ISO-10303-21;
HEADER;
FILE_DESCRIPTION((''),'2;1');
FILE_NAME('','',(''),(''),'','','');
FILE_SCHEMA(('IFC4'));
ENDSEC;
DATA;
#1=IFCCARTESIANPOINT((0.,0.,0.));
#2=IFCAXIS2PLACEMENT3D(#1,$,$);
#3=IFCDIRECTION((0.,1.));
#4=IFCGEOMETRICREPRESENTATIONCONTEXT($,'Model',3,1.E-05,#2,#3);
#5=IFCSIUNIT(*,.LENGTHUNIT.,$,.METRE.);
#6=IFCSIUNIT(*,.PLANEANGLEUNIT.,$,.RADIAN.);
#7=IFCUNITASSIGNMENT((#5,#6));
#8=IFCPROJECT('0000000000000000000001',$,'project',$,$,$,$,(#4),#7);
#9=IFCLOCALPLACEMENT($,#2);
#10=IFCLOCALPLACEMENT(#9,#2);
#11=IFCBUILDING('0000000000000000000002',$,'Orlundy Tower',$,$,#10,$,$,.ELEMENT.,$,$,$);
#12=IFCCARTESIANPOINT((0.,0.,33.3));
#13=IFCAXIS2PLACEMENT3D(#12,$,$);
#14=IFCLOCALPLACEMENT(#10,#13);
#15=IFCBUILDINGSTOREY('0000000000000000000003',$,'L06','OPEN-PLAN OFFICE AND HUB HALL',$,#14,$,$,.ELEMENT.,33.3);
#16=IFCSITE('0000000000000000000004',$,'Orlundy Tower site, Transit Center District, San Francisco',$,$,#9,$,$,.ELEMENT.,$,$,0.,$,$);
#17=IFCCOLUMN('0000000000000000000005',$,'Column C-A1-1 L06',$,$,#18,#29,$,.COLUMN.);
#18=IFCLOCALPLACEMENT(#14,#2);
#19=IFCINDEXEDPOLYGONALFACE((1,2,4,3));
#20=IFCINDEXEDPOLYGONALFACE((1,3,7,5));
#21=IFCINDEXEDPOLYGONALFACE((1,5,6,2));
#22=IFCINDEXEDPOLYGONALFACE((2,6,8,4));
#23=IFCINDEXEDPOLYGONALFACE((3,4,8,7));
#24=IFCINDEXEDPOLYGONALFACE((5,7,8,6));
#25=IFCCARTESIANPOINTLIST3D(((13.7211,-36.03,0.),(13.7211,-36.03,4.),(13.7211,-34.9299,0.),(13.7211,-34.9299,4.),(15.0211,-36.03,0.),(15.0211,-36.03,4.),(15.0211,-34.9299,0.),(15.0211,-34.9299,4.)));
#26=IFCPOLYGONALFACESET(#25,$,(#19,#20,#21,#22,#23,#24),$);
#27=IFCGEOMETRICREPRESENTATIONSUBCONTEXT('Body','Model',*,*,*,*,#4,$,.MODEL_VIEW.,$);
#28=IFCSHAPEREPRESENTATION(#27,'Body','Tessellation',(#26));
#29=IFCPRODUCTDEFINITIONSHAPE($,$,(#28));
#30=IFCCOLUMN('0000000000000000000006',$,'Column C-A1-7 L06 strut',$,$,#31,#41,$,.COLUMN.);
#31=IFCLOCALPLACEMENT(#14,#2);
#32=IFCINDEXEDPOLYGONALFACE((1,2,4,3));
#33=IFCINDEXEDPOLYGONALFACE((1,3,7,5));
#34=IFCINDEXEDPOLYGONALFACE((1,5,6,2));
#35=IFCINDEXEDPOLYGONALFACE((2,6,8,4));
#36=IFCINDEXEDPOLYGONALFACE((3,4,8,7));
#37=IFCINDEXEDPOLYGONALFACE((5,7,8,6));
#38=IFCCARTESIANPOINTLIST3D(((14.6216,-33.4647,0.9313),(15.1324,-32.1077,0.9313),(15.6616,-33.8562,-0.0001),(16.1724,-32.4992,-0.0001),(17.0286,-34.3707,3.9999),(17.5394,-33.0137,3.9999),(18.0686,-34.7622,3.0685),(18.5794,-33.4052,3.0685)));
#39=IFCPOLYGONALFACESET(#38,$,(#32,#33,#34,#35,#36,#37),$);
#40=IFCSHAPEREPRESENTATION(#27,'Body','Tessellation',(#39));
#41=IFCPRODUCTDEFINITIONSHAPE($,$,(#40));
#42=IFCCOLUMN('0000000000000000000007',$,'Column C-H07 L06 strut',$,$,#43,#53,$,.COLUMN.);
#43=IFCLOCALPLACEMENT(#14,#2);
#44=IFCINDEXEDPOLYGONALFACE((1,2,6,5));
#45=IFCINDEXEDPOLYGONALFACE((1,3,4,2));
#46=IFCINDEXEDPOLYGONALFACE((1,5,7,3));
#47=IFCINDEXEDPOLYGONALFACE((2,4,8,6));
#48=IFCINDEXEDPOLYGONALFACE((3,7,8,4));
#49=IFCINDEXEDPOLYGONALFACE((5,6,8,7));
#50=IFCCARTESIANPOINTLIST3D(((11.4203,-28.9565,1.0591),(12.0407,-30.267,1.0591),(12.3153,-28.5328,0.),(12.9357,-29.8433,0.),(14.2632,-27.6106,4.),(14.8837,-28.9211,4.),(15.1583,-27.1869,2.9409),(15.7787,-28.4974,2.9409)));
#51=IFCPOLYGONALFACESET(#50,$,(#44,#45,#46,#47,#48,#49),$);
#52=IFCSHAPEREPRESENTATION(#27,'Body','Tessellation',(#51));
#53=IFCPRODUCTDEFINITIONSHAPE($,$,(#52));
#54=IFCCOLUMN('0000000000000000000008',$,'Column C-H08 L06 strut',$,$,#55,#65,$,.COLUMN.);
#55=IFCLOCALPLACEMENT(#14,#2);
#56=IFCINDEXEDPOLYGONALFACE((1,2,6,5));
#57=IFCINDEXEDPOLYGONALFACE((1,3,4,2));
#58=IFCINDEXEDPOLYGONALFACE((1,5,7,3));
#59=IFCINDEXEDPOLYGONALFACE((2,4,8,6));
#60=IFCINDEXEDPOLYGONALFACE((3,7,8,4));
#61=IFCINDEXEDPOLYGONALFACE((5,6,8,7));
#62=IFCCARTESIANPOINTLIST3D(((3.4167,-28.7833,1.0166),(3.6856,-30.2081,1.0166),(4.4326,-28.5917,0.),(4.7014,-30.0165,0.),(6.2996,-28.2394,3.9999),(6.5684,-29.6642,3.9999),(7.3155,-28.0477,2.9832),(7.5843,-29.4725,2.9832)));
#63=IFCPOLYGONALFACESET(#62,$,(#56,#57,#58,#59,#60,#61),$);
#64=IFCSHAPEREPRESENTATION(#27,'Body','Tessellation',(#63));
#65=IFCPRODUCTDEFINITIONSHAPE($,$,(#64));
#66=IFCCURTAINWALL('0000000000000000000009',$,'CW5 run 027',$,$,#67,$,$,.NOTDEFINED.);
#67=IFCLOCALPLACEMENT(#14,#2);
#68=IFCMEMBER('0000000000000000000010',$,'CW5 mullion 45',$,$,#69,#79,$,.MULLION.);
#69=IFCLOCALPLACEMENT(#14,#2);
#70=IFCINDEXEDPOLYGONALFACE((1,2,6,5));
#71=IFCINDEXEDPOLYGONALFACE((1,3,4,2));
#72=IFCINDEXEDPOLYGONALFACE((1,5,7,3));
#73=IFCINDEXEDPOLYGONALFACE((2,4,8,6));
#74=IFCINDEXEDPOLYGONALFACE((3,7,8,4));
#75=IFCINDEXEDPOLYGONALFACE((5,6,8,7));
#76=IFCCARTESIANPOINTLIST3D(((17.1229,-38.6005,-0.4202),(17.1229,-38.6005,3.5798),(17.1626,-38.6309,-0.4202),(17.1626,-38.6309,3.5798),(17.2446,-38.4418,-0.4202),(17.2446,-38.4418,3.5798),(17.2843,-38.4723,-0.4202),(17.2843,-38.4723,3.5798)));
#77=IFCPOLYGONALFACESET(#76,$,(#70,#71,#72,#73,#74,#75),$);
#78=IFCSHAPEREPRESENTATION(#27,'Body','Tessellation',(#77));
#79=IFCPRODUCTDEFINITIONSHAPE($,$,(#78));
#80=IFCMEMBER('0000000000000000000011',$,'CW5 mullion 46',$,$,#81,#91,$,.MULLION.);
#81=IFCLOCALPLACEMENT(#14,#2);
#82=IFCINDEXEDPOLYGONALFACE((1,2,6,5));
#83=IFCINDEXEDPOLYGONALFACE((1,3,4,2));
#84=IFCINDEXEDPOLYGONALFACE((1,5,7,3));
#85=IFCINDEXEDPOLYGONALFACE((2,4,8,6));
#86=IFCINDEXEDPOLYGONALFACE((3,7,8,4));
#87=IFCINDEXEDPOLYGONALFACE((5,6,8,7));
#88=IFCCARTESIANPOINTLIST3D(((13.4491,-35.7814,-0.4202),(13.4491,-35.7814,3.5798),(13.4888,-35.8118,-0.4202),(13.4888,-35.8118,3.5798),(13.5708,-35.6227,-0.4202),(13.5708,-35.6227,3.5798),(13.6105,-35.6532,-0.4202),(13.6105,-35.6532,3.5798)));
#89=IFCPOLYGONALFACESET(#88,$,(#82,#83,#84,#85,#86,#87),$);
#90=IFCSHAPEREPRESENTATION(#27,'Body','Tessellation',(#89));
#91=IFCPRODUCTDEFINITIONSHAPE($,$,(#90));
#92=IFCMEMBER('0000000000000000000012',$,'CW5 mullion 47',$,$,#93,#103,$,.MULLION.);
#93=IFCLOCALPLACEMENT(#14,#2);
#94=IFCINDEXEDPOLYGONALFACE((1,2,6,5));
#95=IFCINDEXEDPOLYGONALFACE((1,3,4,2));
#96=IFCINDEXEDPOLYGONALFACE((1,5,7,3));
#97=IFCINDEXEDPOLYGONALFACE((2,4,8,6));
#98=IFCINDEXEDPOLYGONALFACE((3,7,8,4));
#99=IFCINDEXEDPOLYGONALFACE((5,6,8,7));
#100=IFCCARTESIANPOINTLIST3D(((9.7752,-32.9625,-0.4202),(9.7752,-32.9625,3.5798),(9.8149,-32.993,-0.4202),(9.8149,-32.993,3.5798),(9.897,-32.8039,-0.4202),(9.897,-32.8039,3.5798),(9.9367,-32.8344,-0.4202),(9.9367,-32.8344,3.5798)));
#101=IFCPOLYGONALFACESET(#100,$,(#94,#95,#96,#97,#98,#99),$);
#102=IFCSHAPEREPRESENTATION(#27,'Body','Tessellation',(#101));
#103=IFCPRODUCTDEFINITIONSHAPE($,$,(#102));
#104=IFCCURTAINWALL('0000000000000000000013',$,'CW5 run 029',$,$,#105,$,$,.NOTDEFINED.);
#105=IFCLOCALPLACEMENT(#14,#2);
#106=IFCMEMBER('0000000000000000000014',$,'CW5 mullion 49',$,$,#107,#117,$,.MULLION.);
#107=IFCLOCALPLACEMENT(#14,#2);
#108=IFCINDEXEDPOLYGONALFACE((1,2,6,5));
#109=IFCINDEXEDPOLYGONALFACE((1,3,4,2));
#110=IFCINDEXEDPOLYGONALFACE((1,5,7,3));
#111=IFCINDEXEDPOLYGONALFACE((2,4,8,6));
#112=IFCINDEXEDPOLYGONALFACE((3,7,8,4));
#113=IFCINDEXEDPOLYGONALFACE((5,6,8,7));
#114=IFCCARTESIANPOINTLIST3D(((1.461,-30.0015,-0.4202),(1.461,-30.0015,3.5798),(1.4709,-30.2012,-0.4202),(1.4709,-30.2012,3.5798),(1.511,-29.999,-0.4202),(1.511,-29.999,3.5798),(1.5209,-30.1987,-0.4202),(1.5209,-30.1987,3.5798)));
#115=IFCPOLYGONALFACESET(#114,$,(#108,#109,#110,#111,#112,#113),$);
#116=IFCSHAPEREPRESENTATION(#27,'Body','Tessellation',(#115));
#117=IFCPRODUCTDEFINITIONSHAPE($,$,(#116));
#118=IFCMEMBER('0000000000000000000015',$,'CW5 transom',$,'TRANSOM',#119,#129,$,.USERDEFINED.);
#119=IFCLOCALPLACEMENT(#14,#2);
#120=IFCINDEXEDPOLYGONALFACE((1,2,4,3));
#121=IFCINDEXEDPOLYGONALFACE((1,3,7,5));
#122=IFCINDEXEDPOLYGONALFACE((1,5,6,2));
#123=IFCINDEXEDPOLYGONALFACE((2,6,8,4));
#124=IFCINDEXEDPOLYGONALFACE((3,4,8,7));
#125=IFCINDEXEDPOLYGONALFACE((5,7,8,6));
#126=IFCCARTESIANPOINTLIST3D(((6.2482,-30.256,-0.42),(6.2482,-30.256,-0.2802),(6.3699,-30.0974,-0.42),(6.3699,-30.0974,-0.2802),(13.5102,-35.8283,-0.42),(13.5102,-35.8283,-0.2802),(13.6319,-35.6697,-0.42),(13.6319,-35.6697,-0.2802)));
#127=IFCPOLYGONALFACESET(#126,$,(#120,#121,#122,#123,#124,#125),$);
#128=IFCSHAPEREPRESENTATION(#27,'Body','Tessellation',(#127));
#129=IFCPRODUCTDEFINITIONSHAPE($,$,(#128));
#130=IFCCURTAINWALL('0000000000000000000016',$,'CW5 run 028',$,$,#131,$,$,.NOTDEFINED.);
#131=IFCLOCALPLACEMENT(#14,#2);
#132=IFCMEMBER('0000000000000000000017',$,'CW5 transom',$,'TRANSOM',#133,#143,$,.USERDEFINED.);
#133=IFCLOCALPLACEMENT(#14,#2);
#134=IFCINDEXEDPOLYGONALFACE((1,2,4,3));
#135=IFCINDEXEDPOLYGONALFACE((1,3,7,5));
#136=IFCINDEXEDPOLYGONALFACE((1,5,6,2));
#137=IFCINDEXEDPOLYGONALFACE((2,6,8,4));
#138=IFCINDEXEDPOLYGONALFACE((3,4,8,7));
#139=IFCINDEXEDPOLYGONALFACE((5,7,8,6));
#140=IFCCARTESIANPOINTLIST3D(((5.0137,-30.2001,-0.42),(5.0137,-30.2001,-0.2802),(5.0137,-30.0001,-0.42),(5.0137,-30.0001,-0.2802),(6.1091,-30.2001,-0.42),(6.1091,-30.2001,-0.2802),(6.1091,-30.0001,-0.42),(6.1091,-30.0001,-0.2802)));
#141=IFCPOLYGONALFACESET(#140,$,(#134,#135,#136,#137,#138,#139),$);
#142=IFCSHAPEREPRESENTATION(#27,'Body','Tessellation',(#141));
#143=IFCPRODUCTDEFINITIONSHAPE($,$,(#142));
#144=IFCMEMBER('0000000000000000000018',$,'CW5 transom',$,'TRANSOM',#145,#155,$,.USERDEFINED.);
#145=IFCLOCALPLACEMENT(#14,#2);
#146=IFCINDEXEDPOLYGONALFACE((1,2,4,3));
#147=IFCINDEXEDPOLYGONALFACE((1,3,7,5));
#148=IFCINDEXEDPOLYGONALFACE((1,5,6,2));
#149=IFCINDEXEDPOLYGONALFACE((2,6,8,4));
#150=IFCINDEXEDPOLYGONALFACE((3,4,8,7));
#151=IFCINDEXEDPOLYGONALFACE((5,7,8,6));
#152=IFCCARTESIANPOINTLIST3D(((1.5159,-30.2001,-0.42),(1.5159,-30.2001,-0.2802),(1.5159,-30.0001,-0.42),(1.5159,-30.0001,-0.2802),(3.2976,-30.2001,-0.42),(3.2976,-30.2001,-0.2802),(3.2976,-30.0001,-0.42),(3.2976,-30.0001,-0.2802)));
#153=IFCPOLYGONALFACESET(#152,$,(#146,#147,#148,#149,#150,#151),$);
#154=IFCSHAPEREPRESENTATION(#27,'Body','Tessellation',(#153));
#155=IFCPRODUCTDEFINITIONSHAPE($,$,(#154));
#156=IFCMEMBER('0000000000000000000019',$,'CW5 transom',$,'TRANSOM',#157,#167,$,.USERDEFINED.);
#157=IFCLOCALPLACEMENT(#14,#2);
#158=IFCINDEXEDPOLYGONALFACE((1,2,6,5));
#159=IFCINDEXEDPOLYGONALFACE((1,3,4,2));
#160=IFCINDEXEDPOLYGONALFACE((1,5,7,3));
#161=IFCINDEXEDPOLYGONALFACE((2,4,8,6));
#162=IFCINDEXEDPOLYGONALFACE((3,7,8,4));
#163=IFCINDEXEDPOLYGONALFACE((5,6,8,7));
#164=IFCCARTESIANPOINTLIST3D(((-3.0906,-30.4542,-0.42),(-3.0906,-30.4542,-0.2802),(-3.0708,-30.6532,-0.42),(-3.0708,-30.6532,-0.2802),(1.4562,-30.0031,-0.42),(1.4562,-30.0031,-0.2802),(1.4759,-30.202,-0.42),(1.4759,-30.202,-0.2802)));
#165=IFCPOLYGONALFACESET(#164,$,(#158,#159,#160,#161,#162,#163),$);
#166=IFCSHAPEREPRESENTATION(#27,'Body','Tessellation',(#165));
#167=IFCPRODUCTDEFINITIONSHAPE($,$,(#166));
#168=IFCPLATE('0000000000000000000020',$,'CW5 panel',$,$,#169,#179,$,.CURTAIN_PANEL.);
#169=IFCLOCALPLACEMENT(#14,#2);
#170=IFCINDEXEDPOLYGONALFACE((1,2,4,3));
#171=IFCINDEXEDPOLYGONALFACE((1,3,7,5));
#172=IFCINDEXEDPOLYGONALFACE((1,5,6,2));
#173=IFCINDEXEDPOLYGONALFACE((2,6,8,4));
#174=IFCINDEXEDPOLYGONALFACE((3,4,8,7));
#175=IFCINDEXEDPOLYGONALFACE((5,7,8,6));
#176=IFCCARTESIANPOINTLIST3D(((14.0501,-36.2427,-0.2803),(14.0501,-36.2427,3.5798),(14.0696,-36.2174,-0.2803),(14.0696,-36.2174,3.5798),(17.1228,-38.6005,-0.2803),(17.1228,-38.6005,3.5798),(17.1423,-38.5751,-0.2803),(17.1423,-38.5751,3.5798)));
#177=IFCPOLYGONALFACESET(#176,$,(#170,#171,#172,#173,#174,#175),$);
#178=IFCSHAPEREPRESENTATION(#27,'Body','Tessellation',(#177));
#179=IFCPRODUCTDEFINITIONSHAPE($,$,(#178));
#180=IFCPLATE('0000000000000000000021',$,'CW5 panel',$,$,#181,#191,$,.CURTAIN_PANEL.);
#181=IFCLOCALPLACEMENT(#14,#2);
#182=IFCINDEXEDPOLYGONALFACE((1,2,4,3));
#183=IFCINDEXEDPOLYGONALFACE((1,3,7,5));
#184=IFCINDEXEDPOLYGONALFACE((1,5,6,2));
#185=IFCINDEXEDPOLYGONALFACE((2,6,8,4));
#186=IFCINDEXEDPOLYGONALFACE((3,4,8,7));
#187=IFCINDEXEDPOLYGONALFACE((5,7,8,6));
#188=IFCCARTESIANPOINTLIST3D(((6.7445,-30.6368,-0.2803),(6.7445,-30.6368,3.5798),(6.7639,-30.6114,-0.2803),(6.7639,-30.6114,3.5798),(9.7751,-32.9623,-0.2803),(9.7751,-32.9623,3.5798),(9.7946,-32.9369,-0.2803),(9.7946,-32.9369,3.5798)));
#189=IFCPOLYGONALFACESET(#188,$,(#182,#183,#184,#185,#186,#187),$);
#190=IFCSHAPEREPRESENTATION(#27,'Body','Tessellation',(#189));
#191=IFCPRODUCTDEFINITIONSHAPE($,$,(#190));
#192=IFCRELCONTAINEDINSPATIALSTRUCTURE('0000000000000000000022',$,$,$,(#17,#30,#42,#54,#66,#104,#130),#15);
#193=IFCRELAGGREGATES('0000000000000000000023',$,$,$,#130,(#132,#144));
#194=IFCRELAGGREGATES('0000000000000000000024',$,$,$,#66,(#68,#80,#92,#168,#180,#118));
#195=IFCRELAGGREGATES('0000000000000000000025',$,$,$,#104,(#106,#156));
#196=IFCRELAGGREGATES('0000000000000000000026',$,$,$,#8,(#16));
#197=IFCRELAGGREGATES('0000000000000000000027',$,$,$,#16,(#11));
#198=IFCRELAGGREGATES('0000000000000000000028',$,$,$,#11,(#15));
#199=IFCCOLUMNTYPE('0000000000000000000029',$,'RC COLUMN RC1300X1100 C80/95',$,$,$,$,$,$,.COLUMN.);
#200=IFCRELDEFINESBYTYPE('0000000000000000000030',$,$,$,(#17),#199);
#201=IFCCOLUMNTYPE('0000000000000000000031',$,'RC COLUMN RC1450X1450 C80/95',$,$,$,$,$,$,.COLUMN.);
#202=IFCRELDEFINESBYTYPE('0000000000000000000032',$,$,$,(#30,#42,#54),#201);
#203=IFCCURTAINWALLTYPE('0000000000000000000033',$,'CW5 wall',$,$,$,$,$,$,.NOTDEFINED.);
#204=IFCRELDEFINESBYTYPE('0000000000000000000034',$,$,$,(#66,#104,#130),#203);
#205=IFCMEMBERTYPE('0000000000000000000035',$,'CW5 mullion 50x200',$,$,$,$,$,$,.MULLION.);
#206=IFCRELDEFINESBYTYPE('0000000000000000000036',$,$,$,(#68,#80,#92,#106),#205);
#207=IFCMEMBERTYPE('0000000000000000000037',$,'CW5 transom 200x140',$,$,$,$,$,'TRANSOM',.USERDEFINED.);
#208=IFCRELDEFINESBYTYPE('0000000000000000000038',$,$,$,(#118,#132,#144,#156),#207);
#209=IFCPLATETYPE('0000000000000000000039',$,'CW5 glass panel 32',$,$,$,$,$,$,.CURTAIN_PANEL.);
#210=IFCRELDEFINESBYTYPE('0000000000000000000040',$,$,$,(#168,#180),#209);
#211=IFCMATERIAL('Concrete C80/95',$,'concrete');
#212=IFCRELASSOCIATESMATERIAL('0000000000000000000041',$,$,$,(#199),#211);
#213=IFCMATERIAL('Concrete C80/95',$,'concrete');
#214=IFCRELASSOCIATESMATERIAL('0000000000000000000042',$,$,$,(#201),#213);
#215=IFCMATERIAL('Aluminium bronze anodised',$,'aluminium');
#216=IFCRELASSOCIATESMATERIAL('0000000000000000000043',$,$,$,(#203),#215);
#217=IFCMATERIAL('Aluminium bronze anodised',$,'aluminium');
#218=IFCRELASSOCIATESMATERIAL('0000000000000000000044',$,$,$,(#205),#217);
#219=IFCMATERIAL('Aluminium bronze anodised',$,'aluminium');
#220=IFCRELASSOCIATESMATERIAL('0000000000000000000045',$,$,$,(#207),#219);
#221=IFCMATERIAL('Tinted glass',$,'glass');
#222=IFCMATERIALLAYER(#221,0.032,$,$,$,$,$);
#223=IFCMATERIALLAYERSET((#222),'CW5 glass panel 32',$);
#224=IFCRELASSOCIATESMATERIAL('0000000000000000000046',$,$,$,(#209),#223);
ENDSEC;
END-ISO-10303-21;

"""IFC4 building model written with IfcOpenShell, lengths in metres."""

from ifc_helpers import new_model, si_unit, direction, frame, origin, origin_2d, place, context, subcontext, project, spatial, rectangle, extrude, material, layer, layer_set, material_profile, profile_set, type_object, element, aggregate, save


model = new_model("IFC4")

# Units and contexts
model_context = context("Model", 3, precision=1e-05, world=origin(), true_north=direction((0.0, 1.0)))
body_context = subcontext(model_context, "Body", "Model", "MODEL_VIEW")
ifc_project = project(units=[si_unit("LENGTHUNIT", "METRE"), si_unit("PLANEANGLEUNIT", "RADIAN")], contexts=[model_context])

# Site, building, storey
site_placement = place(None, origin())
site = spatial("IfcSite", under=ifc_project, at=site_placement, Name="Orlundy Tower site, Transit Center District, San Francisco", CompositionType="ELEMENT", RefElevation=0.0)
building_placement = place(site_placement, origin())
building = spatial("IfcBuilding", under=site, at=building_placement, Name="Orlundy Tower", CompositionType="ELEMENT")
storey_placement = place(building_placement, frame((0.0, 0.0, 33.3)))
storey = spatial("IfcBuildingStorey", under=building, at=storey_placement, Name="L06", Description="OPEN-PLAN OFFICE AND HUB HALL", CompositionType="ELEMENT", Elevation=33.3)

# Columns
ifc_material_1 = material(Name="Concrete C80/95", Category="concrete")
ifc_material_profile_1 = material_profile(ifc_material_1, rectangle(XDim=1.3, YDim=1.1001, at=origin_2d()), Name="RC1300X1100")
ifc_profile_set_1 = profile_set([ifc_material_profile_1], Name="Concrete C80/95")
column_type_1 = type_object("IfcColumnType", Name="RC COLUMN RC1300X1100 C80/95", PredefinedType="COLUMN", material=ifc_profile_set_1)
column_1_placement = place(storey_placement, frame((14.3711, -35.48, 0.0), z_axis=(0.0, 0.0, 1.0), x_axis=(1.0, 0.0, 0.0)))
element("IfcColumn", 1, at=column_1_placement, inside=storey, type_object=column_type_1, Name="Column C-A1-1 L06", PredefinedType="COLUMN", context=body_context, shape_type="SweptSolid", body=[
    extrude(rectangle(XDim=1.3, YDim=1.1001, at=origin_2d()), origin(), (0.0, 0.0, 1.0), 4.0),
])
ifc_material_2 = material(Name="Concrete C80/95", Category="concrete")
ifc_material_profile_2 = material_profile(ifc_material_2, rectangle(XDim=1.45, YDim=1.45, at=origin_2d()), Name="RC1450X1450")
ifc_profile_set_2 = profile_set([ifc_material_profile_2], Name="Concrete C80/95")
column_type_2 = type_object("IfcColumnType", Name="RC COLUMN RC1450X1450 C80/95", PredefinedType="COLUMN", material=ifc_profile_set_2)
column_2_placement = place(storey_placement, frame((15.397, -32.9819, 0.4656), z_axis=(0.601168, -0.226284, 0.766415), x_axis=(0.352278, 0.935895, 0.0)))
element("IfcColumn", 2, at=column_2_placement, inside=storey, type_object=column_type_2, Name="Column C-A1-7 L06 strut", PredefinedType="COLUMN", context=body_context, shape_type="SweptSolid", body=[
    extrude(rectangle(XDim=1.45, YDim=1.45, at=origin_2d()), origin(), (0.0, 0.0, 1.0), 4.0039),
])
column_3_placement = place(storey_placement, frame((12.178, -29.3999, 0.5295), z_axis=(0.660216, 0.312561, 0.68295), x_axis=(-0.427893, 0.903829, 0.0)))
element("IfcColumn", 3, at=column_3_placement, inside=storey, type_object=column_type_2, Name="Column C-H07 L06 strut", PredefinedType="COLUMN", context=body_context, shape_type="SweptSolid", body=[
    extrude(rectangle(XDim=1.45, YDim=1.45, at=origin_2d()), origin(), (0.0, 0.0, 1.0), 4.3062),
])
column_4_placement = place(storey_placement, frame((4.0591, -29.3999, 0.5083), z_axis=(0.689012, 0.130007, 0.712994), x_axis=(-0.185414, 0.982661, 0.0)))
element("IfcColumn", 4, at=column_4_placement, inside=storey, type_object=column_type_2, Name="Column C-H08 L06 strut", PredefinedType="COLUMN", context=body_context, shape_type="SweptSolid", body=[
    extrude(rectangle(XDim=1.45, YDim=1.45, at=origin_2d()), origin(), (0.0, 0.0, 1.0), 4.1841),
])

# Curtain wall, members
ifc_material_3 = material(Name="Aluminium bronze anodised", Category="aluminium")
curtain_wall_type = type_object("IfcCurtainWallType", Name="CW5 wall", PredefinedType="NOTDEFINED", material=ifc_material_3)
curtain_wall_1_placement = place(storey_placement, origin())
curtain_wall_1 = element("IfcCurtainWall", 5, at=curtain_wall_1_placement, inside=storey, type_object=curtain_wall_type, Name="CW5 run 027", PredefinedType="NOTDEFINED")
ifc_material_4 = material(Name="Aluminium bronze anodised", Category="aluminium")
ifc_material_profile_3 = material_profile(ifc_material_4, rectangle(XDim=0.2, YDim=0.05, at=origin_2d()), Name="CW5 mullion 50x200")
ifc_profile_set_3 = profile_set([ifc_material_profile_3], Name="Aluminium bronze anodised")
member_type_1 = type_object("IfcMemberType", Name="CW5 mullion 50x200", PredefinedType="MULLION", material=ifc_profile_set_3)
member_1_placement = place(storey_placement, frame((17.2036, -38.5364, -0.4202), z_axis=(0.0, 0.0, 1.0), x_axis=(-0.608757, -0.793357, 0.0)))
member_1 = element("IfcMember", 6, at=member_1_placement, type_object=member_type_1, Name="CW5 mullion 45", PredefinedType="MULLION", context=body_context, shape_type="SweptSolid", body=[
    extrude(rectangle(XDim=0.2, YDim=0.05, at=origin_2d()), origin(), (0.0, 0.0, 1.0), 4.0),
])
member_2_placement = place(storey_placement, frame((13.5298, -35.7173, -0.4202), z_axis=(0.0, 0.0, 1.0), x_axis=(-0.608757, -0.793357, 0.0)))
member_2 = element("IfcMember", 7, at=member_2_placement, type_object=member_type_1, Name="CW5 mullion 46", PredefinedType="MULLION", context=body_context, shape_type="SweptSolid", body=[
    extrude(rectangle(XDim=0.2, YDim=0.05, at=origin_2d()), origin(), (0.0, 0.0, 1.0), 4.0),
])
member_3_placement = place(storey_placement, frame((9.856, -32.8984, -0.4202), z_axis=(0.0, 0.0, 1.0), x_axis=(-0.608757, -0.793357, 0.0)))
member_3 = element("IfcMember", 8, at=member_3_placement, type_object=member_type_1, Name="CW5 mullion 47", PredefinedType="MULLION", context=body_context, shape_type="SweptSolid", body=[
    extrude(rectangle(XDim=0.2, YDim=0.05, at=origin_2d()), origin(), (0.0, 0.0, 1.0), 4.0),
])

# Curtain wall, member
curtain_wall_2_placement = place(storey_placement, origin())
curtain_wall_2 = element("IfcCurtainWall", 9, at=curtain_wall_2_placement, inside=storey, type_object=curtain_wall_type, Name="CW5 run 029", PredefinedType="NOTDEFINED")
member_4_placement = place(storey_placement, frame((1.491, -30.1001, -0.4202), z_axis=(0.0, 0.0, 1.0), x_axis=(0.049438, -0.998777, 0.0)))
member_4 = element("IfcMember", 10, at=member_4_placement, type_object=member_type_1, Name="CW5 mullion 49", PredefinedType="MULLION", context=body_context, shape_type="SweptSolid", body=[
    extrude(rectangle(XDim=0.2, YDim=0.05, at=origin_2d()), origin(), (0.0, 0.0, 1.0), 4.0),
])

# Member
ifc_material_5 = material(Name="Aluminium bronze anodised", Category="aluminium")
ifc_material_profile_4 = material_profile(ifc_material_5, rectangle(XDim=0.2, YDim=0.1399, at=origin_2d()), Name="CW5 transom 200x140")
ifc_profile_set_4 = profile_set([ifc_material_profile_4], Name="Aluminium bronze anodised")
member_type_2 = type_object("IfcMemberType", Name="CW5 transom 200x140", ElementType="TRANSOM", PredefinedType="USERDEFINED", material=ifc_profile_set_4)
member_5_placement = place(storey_placement, frame((13.571, -35.749, -0.3501), z_axis=(-0.793355, 0.608759, 0.0), x_axis=(-0.608759, -0.793355, 0.0)))
member_5 = element("IfcMember", 11, at=member_5_placement, type_object=member_type_2, Name="CW5 transom", ObjectType="TRANSOM", PredefinedType="USERDEFINED", context=body_context, shape_type="SweptSolid", body=[
    extrude(rectangle(XDim=0.2, YDim=0.1399, at=origin_2d()), origin(), (0.0, 0.0, 1.0), 9.1536),
])

# Curtain wall, members
curtain_wall_3_placement = place(storey_placement, origin())
curtain_wall_3 = element("IfcCurtainWall", 12, at=curtain_wall_3_placement, inside=storey, type_object=curtain_wall_type, Name="CW5 run 028", PredefinedType="NOTDEFINED")
member_6_placement = place(storey_placement, frame((6.1091, -30.1001, -0.3501), z_axis=(-1.0, 0.0, 0.0), x_axis=(0.0, -1.0, 0.0)))
member_6 = element("IfcMember", 13, at=member_6_placement, type_object=member_type_2, Name="CW5 transom", ObjectType="TRANSOM", PredefinedType="USERDEFINED", context=body_context, shape_type="SweptSolid", body=[
    extrude(rectangle(XDim=0.2, YDim=0.1399, at=origin_2d()), origin(), (0.0, 0.0, 1.0), 1.0955),
])
member_7_placement = place(storey_placement, frame((3.2976, -30.1001, -0.3501), z_axis=(-1.0, 0.0, 0.0), x_axis=(0.0, -1.0, 0.0)))
member_7 = element("IfcMember", 14, at=member_7_placement, type_object=member_type_2, Name="CW5 transom", ObjectType="TRANSOM", PredefinedType="USERDEFINED", context=body_context, shape_type="SweptSolid", body=[
    extrude(rectangle(XDim=0.2, YDim=0.1399, at=origin_2d()), origin(), (0.0, 0.0, 1.0), 1.7817),
])

# Member
member_8_placement = place(storey_placement, frame((1.4661, -30.1025, -0.3501), z_axis=(-0.995113, -0.098742, 0.0), x_axis=(0.098742, -0.995113, 0.0)))
member_8 = element("IfcMember", 15, at=member_8_placement, type_object=member_type_2, Name="CW5 transom", ObjectType="TRANSOM", PredefinedType="USERDEFINED", context=body_context, shape_type="SweptSolid", body=[
    extrude(rectangle(XDim=0.2, YDim=0.1399, at=origin_2d()), origin(), (0.0, 0.0, 1.0), 4.5691),
])

# Plates
ifc_material_6 = material(Name="Tinted glass", Category="glass")
ifc_layer_1 = layer(ifc_material_6, 0.032)
ifc_layer_set_1 = layer_set([ifc_layer_1], Name="CW5 glass panel 32")
plate_type_1 = type_object("IfcPlateType", Name="CW5 glass panel 32", PredefinedType="CURTAIN_PANEL", material=ifc_layer_set_1)
plate_1_placement = place(storey_placement, frame((15.5962, -37.4089, -0.2803), z_axis=(0.0, 0.0, 1.0), x_axis=(-0.793357, 0.608757, 0.0)))
plate_1 = element("IfcPlate", 16, at=plate_1_placement, type_object=plate_type_1, Name="CW5 panel", PredefinedType="CURTAIN_PANEL", context=body_context, shape_type="SweptSolid", body=[
    extrude(rectangle(XDim=3.873, YDim=0.032, at=origin_2d()), origin(), (0.0, 0.0, 1.0), 3.8601),
])
plate_2_placement = place(storey_placement, frame((8.2695, -31.7869, -0.2803), z_axis=(0.0, 0.0, 1.0), x_axis=(-0.793357, 0.608757, 0.0)))
plate_2 = element("IfcPlate", 17, at=plate_2_placement, type_object=plate_type_1, Name="CW5 panel", PredefinedType="CURTAIN_PANEL", context=body_context, shape_type="SweptSolid", body=[
    extrude(rectangle(XDim=3.8201, YDim=0.032, at=origin_2d()), origin(), (0.0, 0.0, 1.0), 3.8601),
])
aggregate(curtain_wall_3, [member_6, member_7])
aggregate(curtain_wall_1, [member_1, member_2, member_3, plate_1, plate_2, member_5])
aggregate(curtain_wall_2, [member_4, member_8])

save(model, "model.ifc")
